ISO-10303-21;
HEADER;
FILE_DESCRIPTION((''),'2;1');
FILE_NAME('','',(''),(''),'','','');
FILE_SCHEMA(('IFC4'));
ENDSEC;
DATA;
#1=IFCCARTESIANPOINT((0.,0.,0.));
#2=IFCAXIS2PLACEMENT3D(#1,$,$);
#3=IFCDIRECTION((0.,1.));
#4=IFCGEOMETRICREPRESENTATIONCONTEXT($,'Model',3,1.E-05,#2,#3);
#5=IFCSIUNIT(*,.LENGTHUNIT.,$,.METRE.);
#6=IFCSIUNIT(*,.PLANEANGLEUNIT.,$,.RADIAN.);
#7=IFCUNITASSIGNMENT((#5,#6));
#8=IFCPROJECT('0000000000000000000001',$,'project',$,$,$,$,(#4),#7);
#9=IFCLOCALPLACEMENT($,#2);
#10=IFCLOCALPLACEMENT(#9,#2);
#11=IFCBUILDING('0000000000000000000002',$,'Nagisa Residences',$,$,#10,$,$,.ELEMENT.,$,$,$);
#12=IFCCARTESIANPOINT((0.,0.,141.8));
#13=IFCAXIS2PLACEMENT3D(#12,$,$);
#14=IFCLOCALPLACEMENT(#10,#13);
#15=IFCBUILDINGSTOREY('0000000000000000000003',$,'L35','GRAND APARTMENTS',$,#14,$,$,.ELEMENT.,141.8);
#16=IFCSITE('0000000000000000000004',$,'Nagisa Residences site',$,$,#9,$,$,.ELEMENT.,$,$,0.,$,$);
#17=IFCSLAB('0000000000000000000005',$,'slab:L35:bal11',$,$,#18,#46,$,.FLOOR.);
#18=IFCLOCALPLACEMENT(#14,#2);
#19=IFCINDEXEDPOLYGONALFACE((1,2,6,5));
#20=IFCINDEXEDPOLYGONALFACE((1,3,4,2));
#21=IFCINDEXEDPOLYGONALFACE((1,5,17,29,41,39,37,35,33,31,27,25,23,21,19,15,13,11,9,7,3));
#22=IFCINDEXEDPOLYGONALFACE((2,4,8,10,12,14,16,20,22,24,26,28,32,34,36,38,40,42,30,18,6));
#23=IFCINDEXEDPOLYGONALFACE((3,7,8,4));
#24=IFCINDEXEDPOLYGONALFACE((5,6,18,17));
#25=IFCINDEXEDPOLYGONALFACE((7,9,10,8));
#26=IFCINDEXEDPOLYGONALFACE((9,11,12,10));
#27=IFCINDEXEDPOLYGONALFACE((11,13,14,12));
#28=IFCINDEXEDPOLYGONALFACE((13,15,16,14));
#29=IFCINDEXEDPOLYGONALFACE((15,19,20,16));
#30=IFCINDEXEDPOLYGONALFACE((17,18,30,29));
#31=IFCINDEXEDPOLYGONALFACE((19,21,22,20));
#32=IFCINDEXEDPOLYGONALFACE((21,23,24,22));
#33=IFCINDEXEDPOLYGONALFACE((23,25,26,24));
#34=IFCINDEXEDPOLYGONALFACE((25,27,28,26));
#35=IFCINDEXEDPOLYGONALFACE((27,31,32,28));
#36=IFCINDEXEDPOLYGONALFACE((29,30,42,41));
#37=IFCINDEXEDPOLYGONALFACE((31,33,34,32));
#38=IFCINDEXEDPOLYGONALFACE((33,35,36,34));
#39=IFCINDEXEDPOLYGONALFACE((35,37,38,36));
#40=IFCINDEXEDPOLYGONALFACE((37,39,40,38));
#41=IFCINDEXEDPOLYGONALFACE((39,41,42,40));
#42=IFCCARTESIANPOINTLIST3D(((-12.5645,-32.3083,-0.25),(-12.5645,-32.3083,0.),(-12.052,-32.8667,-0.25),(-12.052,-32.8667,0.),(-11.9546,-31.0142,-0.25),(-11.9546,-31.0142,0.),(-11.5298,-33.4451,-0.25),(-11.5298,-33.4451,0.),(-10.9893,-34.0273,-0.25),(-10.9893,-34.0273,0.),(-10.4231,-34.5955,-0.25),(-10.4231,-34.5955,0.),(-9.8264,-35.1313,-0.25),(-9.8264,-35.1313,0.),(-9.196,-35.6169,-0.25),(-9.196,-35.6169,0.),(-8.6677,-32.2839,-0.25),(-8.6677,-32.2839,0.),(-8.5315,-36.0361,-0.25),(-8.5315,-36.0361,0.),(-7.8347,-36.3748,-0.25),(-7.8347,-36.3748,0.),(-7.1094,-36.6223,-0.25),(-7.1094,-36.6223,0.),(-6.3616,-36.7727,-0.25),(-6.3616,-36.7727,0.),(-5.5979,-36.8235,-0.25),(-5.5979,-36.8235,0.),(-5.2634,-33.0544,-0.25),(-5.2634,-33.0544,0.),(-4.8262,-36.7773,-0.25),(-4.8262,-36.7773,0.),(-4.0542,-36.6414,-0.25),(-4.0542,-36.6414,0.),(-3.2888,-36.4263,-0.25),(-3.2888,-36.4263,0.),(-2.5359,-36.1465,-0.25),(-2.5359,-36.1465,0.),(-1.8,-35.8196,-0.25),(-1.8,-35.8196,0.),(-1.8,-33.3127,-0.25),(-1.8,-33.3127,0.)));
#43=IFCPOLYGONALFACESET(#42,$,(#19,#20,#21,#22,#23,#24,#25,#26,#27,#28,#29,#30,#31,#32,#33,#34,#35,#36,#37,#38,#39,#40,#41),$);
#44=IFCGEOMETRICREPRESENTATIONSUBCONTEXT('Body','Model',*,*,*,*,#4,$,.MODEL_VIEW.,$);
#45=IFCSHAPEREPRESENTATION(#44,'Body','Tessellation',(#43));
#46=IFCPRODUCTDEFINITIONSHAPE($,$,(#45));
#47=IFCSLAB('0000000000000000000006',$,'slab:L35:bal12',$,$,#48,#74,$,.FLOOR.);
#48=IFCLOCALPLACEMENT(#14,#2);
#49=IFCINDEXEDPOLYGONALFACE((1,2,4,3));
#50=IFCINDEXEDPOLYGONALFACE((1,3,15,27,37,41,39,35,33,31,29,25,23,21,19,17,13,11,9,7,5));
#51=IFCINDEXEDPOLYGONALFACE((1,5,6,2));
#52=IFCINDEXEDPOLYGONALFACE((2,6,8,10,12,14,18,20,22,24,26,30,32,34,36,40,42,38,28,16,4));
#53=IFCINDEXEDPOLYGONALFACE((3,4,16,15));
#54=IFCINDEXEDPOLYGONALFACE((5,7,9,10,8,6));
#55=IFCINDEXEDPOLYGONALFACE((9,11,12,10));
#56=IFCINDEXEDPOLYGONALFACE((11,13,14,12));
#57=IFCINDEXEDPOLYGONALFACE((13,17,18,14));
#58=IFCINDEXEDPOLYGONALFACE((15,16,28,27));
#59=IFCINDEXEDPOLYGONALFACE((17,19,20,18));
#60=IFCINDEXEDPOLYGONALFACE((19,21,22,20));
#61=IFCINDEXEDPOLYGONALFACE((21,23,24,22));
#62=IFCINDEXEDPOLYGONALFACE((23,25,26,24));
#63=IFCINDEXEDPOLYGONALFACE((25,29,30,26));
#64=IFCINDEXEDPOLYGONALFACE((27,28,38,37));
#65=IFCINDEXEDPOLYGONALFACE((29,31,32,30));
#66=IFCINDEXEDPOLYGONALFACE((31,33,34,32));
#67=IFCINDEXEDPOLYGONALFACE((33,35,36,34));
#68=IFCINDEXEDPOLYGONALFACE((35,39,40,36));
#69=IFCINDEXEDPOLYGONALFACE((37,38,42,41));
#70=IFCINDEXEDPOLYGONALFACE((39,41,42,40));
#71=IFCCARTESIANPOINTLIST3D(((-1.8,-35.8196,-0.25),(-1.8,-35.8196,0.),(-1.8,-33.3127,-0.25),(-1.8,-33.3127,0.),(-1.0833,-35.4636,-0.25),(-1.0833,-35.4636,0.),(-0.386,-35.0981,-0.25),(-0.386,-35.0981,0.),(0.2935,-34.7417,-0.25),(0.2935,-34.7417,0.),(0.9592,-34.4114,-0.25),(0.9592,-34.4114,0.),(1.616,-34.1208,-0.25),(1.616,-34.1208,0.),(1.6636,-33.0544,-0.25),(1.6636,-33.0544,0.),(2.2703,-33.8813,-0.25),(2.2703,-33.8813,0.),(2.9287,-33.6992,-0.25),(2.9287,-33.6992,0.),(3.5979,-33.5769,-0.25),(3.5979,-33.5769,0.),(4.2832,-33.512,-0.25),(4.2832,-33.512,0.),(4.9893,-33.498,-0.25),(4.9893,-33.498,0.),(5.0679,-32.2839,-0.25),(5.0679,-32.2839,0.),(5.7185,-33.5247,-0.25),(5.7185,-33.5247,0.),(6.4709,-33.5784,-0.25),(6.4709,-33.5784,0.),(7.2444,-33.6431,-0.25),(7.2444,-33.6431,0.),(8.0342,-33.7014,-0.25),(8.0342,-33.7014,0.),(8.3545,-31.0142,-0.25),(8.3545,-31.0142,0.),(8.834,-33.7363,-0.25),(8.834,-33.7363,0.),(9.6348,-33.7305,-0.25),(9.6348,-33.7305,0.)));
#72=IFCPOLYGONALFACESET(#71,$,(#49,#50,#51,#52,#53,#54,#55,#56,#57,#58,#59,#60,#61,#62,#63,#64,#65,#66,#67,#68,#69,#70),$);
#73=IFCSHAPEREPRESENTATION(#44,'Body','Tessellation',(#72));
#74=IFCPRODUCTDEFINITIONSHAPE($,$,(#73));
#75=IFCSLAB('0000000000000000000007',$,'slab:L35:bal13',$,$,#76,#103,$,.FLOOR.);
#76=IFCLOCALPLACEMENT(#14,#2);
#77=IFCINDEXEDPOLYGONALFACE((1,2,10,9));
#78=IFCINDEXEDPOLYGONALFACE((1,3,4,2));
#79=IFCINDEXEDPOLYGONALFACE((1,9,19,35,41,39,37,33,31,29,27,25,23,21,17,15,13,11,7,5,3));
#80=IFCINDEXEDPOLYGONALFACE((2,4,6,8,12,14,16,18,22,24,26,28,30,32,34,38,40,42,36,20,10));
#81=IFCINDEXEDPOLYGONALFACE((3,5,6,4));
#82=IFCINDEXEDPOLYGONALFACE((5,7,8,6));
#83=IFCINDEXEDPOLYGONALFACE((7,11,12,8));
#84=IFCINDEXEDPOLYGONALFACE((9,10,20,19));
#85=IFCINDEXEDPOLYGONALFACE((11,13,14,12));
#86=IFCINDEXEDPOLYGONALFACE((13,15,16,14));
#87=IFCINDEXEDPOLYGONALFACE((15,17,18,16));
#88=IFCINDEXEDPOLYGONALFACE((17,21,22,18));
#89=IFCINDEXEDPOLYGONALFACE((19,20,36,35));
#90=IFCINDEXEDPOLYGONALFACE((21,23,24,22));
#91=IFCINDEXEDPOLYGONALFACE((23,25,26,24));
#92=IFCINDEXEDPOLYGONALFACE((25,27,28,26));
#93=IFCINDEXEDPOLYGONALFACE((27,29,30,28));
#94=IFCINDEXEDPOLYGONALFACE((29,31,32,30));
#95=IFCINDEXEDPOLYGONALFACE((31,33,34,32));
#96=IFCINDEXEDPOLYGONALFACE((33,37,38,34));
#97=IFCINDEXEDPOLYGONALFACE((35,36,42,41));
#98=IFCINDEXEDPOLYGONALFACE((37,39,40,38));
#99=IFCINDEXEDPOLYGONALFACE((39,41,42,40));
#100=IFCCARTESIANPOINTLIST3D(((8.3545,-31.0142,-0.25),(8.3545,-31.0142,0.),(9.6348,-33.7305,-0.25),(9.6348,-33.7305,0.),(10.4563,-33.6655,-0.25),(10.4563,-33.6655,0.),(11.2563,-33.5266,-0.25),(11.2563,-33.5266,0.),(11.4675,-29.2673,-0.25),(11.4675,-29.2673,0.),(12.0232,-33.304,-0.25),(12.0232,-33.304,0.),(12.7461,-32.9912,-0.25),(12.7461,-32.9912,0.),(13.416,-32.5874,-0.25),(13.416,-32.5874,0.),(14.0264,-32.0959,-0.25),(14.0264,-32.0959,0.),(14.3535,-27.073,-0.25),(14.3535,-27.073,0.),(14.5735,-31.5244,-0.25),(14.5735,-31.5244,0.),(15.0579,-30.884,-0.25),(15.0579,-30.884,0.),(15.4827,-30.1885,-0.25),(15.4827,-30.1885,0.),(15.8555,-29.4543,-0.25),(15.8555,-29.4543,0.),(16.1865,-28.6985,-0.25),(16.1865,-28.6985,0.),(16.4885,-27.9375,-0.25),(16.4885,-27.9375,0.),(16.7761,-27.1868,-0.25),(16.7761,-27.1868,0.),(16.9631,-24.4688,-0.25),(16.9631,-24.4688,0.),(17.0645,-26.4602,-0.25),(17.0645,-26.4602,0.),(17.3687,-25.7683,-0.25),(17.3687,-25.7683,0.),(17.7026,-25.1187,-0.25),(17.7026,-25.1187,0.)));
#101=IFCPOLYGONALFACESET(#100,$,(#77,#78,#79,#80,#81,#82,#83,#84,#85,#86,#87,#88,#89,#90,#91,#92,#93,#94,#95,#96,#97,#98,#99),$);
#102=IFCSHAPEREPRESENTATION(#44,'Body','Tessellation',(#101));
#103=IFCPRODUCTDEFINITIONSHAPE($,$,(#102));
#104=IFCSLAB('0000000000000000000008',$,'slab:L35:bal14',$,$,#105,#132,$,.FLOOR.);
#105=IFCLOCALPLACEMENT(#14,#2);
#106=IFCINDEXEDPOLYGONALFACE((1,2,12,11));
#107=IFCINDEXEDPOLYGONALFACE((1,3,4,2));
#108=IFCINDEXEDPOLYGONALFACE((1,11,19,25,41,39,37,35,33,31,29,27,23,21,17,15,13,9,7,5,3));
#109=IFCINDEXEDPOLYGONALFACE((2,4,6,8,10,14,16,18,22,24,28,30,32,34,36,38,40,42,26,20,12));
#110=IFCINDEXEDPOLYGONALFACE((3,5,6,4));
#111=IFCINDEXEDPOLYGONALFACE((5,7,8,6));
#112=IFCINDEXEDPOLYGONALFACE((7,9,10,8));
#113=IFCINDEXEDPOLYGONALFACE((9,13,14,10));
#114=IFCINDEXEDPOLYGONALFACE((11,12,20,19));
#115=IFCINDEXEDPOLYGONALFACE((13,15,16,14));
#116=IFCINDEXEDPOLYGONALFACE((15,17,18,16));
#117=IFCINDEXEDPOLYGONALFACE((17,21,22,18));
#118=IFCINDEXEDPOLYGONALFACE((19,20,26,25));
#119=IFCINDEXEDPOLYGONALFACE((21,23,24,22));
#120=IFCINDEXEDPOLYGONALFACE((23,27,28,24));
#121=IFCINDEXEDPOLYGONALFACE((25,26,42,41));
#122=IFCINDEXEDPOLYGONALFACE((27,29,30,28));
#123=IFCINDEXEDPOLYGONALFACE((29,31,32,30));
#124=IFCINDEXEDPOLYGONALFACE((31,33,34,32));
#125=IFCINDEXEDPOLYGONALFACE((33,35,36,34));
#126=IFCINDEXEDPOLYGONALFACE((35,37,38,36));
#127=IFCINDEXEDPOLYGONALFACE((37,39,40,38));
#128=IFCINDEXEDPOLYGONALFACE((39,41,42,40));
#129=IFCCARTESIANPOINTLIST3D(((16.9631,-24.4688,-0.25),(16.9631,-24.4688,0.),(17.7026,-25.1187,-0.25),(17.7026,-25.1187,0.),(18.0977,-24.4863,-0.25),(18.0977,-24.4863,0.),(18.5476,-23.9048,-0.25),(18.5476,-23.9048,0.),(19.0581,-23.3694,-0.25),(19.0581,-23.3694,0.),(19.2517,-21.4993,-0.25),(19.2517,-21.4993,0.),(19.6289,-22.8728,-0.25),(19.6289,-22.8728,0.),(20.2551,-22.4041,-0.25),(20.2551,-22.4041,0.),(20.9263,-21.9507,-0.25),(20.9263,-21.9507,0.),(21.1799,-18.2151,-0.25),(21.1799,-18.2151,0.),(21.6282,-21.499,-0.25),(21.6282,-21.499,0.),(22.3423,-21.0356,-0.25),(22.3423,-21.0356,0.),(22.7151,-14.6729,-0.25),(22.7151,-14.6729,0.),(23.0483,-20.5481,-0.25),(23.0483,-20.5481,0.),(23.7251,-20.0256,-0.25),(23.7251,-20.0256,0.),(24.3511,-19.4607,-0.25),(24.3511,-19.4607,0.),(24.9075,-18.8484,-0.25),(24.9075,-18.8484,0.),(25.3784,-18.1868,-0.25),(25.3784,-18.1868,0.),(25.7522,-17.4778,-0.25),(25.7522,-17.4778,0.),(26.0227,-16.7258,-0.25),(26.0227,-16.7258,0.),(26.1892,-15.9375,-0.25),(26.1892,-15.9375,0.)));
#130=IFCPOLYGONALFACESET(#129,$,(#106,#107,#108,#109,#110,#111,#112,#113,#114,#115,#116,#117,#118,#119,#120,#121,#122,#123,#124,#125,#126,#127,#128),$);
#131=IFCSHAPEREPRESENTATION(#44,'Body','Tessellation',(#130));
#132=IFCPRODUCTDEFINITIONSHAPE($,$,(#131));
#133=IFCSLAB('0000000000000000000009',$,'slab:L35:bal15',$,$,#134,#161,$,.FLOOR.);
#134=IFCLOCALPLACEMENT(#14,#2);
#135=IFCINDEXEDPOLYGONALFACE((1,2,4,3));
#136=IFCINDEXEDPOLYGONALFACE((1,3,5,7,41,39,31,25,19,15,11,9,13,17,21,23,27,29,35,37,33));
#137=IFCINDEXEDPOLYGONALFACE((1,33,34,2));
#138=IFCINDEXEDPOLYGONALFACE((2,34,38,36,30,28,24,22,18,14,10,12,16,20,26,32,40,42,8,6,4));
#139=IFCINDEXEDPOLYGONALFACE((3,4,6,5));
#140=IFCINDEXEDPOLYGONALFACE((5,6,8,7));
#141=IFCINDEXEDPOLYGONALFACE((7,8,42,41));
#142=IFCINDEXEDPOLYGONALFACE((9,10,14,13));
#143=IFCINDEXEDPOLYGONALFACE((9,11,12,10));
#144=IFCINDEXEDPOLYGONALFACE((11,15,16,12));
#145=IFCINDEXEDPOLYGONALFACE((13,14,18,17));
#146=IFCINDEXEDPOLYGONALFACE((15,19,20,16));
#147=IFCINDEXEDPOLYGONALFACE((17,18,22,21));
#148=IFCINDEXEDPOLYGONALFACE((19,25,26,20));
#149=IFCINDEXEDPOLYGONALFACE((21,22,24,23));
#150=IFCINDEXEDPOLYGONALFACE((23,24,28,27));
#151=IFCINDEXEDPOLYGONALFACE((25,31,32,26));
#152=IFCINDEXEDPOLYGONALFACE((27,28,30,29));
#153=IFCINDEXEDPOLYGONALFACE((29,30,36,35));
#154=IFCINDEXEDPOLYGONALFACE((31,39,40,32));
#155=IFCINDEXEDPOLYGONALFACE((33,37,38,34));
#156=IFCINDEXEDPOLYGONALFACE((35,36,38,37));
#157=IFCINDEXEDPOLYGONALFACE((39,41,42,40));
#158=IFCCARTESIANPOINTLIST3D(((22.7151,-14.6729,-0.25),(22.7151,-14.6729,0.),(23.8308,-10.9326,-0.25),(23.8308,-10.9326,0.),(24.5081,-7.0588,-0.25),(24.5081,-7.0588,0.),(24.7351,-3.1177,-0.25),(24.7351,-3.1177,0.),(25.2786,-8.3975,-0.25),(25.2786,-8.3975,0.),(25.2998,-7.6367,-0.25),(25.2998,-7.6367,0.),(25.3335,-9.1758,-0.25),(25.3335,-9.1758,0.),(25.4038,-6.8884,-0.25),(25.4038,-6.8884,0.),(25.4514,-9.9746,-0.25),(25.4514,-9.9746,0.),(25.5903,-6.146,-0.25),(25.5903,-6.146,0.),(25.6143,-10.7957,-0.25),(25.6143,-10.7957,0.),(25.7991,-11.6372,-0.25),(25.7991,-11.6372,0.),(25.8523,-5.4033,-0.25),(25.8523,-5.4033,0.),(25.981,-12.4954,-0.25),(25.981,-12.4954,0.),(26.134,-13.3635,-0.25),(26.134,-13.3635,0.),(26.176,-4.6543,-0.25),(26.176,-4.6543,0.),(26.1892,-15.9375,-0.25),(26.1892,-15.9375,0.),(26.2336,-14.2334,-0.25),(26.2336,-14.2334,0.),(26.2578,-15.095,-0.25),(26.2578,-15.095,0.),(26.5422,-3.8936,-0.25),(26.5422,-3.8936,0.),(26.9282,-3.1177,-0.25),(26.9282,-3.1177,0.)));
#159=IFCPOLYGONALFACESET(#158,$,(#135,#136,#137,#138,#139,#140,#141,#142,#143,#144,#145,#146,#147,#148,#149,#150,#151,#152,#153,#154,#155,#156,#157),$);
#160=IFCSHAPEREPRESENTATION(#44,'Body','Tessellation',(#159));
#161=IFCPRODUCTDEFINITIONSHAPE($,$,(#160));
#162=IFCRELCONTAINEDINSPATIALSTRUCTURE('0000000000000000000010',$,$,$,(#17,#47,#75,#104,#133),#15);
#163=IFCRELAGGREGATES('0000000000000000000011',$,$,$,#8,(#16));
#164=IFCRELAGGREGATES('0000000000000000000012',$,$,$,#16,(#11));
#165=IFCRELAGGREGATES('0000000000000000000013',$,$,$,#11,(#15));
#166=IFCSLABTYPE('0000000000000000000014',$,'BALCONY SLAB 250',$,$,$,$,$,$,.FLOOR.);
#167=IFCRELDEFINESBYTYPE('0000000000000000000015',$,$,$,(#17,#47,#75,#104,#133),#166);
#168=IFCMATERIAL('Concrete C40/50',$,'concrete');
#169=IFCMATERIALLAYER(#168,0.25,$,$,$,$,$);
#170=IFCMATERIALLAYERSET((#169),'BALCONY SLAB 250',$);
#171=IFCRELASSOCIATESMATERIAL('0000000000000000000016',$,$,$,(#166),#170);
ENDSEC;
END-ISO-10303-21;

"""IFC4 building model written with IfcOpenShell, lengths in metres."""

from ifc_helpers import new_model, si_unit, direction, frame, origin, place, context, subcontext, project, spatial, polyline, outline, extrude, material, layer, layer_set, type_object, element, save


model = new_model("IFC4")

# Units and contexts
model_context = context("Model", 3, precision=1e-05, world=origin(), true_north=direction((0.0, 1.0)))
body_context = subcontext(model_context, "Body", "Model", "MODEL_VIEW")
ifc_project = project(units=[si_unit("LENGTHUNIT", "METRE"), si_unit("PLANEANGLEUNIT", "RADIAN")], contexts=[model_context])

# Site, building, storey
site_placement = place(None, origin())
site = spatial("IfcSite", under=ifc_project, at=site_placement, Name="Nagisa Residences site", CompositionType="ELEMENT", RefElevation=0.0)
building_placement = place(site_placement, origin())
building = spatial("IfcBuilding", under=site, at=building_placement, Name="Nagisa Residences", CompositionType="ELEMENT")
storey_placement = place(building_placement, frame((0.0, 0.0, 141.8)))
storey = spatial("IfcBuildingStorey", under=building, at=storey_placement, Name="L35", Description="GRAND APARTMENTS", CompositionType="ELEMENT", Elevation=141.8)

# Slabs
ifc_material_1 = material(Name="Concrete C40/50", Category="concrete")
ifc_layer_1 = layer(ifc_material_1, 0.25)
ifc_layer_set_1 = layer_set([ifc_layer_1], Name="BALCONY SLAB 250")
slab_type = type_object("IfcSlabType", Name="BALCONY SLAB 250", PredefinedType="FLOOR", material=ifc_layer_set_1)
slab_1_placement = place(storey_placement, frame((0.0, 0.0, -0.25)))
element("IfcSlab", 1, at=slab_1_placement, inside=storey, type_object=slab_type, Name="slab:L35:bal11", PredefinedType="FLOOR", context=body_context, shape_type="SweptSolid", body=[
    extrude(outline(polyline([(-12.5645, -32.3083), (-12.052, -32.8667), (-11.5298, -33.4451), (-10.9893, -34.0273), (-10.4231, -34.5955), (-9.8264, -35.1313), (-9.196, -35.6169), (-8.5315, -36.0361), (-7.8347, -36.3748), (-7.1094, -36.6223), (-6.3616, -36.7727), (-5.5979, -36.8235), (-4.8262, -36.7773), (-4.0542, -36.6414), (-3.2888, -36.4263), (-2.5359, -36.1465), (-1.8, -35.8196), (-1.8, -33.3127), (-5.2634, -33.0544), (-8.6677, -32.2839), (-11.9546, -31.0142), (-12.5645, -32.3083)])), origin(), (0.0, 0.0, 1.0), 0.25),
])
slab_2_placement = place(storey_placement, frame((0.0, 0.0, -0.25)))
element("IfcSlab", 2, at=slab_2_placement, inside=storey, type_object=slab_type, Name="slab:L35:bal12", PredefinedType="FLOOR", context=body_context, shape_type="SweptSolid", body=[
    extrude(outline(polyline([(-1.8, -35.8196), (-1.0833, -35.4636), (-0.386, -35.0981), (0.2935, -34.7417), (0.9592, -34.4114), (1.616, -34.1208), (2.2703, -33.8813), (2.9287, -33.6992), (3.5979, -33.5769), (4.2832, -33.512), (4.9893, -33.498), (5.7185, -33.5247), (6.4709, -33.5784), (7.2444, -33.6431), (8.0342, -33.7014), (8.834, -33.7363), (9.6348, -33.7305), (8.3545, -31.0142), (5.0679, -32.2839), (1.6636, -33.0544), (-1.8, -33.3127), (-1.8, -35.8196)])), origin(), (0.0, 0.0, 1.0), 0.25),
])
slab_3_placement = place(storey_placement, frame((0.0, 0.0, -0.25)))
element("IfcSlab", 3, at=slab_3_placement, inside=storey, type_object=slab_type, Name="slab:L35:bal13", PredefinedType="FLOOR", context=body_context, shape_type="SweptSolid", body=[
    extrude(outline(polyline([(9.6348, -33.7305), (10.4563, -33.6655), (11.2563, -33.5266), (12.0232, -33.304), (12.7461, -32.9912), (13.416, -32.5874), (14.0264, -32.0959), (14.5735, -31.5244), (15.0579, -30.884), (15.4827, -30.1885), (15.8555, -29.4543), (16.1865, -28.6985), (16.4885, -27.9375), (16.7761, -27.1868), (17.0645, -26.4602), (17.3687, -25.7683), (17.7026, -25.1187), (16.9631, -24.4688), (14.3535, -27.073), (11.4675, -29.2673), (8.3545, -31.0142), (9.6348, -33.7305)])), origin(), (0.0, 0.0, 1.0), 0.25),
])
slab_4_placement = place(storey_placement, frame((0.0, 0.0, -0.25)))
element("IfcSlab", 4, at=slab_4_placement, inside=storey, type_object=slab_type, Name="slab:L35:bal14", PredefinedType="FLOOR", context=body_context, shape_type="SweptSolid", body=[
    extrude(outline(polyline([(17.7026, -25.1187), (18.0977, -24.4863), (18.5476, -23.9048), (19.0581, -23.3694), (19.6289, -22.8728), (20.2551, -22.4041), (20.9263, -21.9507), (21.6282, -21.499), (22.3423, -21.0356), (23.0483, -20.5481), (23.7251, -20.0256), (24.3511, -19.4607), (24.9075, -18.8484), (25.3784, -18.1868), (25.7522, -17.4778), (26.0227, -16.7258), (26.1892, -15.9375), (22.7151, -14.6729), (21.1799, -18.2151), (19.2517, -21.4993), (16.9631, -24.4688), (17.7026, -25.1187)])), origin(), (0.0, 0.0, 1.0), 0.25),
])
slab_5_placement = place(storey_placement, frame((0.0, 0.0, -0.25)))
element("IfcSlab", 5, at=slab_5_placement, inside=storey, type_object=slab_type, Name="slab:L35:bal15", PredefinedType="FLOOR", context=body_context, shape_type="SweptSolid", body=[
    extrude(outline(polyline([(26.1892, -15.9375), (26.2578, -15.095), (26.2336, -14.2334), (26.134, -13.3635), (25.981, -12.4954), (25.7991, -11.6372), (25.6143, -10.7957), (25.4514, -9.9746), (25.3335, -9.1758), (25.2786, -8.3975), (25.2998, -7.6367), (25.4038, -6.8884), (25.5903, -6.146), (25.8523, -5.4033), (26.176, -4.6543), (26.5422, -3.8936), (26.9282, -3.1177), (24.7351, -3.1177), (24.5081, -7.0588), (23.8308, -10.9326), (22.7151, -14.6729), (26.1892, -15.9375)])), origin(), (0.0, 0.0, 1.0), 0.25),
])

save(model, "model.ifc")
